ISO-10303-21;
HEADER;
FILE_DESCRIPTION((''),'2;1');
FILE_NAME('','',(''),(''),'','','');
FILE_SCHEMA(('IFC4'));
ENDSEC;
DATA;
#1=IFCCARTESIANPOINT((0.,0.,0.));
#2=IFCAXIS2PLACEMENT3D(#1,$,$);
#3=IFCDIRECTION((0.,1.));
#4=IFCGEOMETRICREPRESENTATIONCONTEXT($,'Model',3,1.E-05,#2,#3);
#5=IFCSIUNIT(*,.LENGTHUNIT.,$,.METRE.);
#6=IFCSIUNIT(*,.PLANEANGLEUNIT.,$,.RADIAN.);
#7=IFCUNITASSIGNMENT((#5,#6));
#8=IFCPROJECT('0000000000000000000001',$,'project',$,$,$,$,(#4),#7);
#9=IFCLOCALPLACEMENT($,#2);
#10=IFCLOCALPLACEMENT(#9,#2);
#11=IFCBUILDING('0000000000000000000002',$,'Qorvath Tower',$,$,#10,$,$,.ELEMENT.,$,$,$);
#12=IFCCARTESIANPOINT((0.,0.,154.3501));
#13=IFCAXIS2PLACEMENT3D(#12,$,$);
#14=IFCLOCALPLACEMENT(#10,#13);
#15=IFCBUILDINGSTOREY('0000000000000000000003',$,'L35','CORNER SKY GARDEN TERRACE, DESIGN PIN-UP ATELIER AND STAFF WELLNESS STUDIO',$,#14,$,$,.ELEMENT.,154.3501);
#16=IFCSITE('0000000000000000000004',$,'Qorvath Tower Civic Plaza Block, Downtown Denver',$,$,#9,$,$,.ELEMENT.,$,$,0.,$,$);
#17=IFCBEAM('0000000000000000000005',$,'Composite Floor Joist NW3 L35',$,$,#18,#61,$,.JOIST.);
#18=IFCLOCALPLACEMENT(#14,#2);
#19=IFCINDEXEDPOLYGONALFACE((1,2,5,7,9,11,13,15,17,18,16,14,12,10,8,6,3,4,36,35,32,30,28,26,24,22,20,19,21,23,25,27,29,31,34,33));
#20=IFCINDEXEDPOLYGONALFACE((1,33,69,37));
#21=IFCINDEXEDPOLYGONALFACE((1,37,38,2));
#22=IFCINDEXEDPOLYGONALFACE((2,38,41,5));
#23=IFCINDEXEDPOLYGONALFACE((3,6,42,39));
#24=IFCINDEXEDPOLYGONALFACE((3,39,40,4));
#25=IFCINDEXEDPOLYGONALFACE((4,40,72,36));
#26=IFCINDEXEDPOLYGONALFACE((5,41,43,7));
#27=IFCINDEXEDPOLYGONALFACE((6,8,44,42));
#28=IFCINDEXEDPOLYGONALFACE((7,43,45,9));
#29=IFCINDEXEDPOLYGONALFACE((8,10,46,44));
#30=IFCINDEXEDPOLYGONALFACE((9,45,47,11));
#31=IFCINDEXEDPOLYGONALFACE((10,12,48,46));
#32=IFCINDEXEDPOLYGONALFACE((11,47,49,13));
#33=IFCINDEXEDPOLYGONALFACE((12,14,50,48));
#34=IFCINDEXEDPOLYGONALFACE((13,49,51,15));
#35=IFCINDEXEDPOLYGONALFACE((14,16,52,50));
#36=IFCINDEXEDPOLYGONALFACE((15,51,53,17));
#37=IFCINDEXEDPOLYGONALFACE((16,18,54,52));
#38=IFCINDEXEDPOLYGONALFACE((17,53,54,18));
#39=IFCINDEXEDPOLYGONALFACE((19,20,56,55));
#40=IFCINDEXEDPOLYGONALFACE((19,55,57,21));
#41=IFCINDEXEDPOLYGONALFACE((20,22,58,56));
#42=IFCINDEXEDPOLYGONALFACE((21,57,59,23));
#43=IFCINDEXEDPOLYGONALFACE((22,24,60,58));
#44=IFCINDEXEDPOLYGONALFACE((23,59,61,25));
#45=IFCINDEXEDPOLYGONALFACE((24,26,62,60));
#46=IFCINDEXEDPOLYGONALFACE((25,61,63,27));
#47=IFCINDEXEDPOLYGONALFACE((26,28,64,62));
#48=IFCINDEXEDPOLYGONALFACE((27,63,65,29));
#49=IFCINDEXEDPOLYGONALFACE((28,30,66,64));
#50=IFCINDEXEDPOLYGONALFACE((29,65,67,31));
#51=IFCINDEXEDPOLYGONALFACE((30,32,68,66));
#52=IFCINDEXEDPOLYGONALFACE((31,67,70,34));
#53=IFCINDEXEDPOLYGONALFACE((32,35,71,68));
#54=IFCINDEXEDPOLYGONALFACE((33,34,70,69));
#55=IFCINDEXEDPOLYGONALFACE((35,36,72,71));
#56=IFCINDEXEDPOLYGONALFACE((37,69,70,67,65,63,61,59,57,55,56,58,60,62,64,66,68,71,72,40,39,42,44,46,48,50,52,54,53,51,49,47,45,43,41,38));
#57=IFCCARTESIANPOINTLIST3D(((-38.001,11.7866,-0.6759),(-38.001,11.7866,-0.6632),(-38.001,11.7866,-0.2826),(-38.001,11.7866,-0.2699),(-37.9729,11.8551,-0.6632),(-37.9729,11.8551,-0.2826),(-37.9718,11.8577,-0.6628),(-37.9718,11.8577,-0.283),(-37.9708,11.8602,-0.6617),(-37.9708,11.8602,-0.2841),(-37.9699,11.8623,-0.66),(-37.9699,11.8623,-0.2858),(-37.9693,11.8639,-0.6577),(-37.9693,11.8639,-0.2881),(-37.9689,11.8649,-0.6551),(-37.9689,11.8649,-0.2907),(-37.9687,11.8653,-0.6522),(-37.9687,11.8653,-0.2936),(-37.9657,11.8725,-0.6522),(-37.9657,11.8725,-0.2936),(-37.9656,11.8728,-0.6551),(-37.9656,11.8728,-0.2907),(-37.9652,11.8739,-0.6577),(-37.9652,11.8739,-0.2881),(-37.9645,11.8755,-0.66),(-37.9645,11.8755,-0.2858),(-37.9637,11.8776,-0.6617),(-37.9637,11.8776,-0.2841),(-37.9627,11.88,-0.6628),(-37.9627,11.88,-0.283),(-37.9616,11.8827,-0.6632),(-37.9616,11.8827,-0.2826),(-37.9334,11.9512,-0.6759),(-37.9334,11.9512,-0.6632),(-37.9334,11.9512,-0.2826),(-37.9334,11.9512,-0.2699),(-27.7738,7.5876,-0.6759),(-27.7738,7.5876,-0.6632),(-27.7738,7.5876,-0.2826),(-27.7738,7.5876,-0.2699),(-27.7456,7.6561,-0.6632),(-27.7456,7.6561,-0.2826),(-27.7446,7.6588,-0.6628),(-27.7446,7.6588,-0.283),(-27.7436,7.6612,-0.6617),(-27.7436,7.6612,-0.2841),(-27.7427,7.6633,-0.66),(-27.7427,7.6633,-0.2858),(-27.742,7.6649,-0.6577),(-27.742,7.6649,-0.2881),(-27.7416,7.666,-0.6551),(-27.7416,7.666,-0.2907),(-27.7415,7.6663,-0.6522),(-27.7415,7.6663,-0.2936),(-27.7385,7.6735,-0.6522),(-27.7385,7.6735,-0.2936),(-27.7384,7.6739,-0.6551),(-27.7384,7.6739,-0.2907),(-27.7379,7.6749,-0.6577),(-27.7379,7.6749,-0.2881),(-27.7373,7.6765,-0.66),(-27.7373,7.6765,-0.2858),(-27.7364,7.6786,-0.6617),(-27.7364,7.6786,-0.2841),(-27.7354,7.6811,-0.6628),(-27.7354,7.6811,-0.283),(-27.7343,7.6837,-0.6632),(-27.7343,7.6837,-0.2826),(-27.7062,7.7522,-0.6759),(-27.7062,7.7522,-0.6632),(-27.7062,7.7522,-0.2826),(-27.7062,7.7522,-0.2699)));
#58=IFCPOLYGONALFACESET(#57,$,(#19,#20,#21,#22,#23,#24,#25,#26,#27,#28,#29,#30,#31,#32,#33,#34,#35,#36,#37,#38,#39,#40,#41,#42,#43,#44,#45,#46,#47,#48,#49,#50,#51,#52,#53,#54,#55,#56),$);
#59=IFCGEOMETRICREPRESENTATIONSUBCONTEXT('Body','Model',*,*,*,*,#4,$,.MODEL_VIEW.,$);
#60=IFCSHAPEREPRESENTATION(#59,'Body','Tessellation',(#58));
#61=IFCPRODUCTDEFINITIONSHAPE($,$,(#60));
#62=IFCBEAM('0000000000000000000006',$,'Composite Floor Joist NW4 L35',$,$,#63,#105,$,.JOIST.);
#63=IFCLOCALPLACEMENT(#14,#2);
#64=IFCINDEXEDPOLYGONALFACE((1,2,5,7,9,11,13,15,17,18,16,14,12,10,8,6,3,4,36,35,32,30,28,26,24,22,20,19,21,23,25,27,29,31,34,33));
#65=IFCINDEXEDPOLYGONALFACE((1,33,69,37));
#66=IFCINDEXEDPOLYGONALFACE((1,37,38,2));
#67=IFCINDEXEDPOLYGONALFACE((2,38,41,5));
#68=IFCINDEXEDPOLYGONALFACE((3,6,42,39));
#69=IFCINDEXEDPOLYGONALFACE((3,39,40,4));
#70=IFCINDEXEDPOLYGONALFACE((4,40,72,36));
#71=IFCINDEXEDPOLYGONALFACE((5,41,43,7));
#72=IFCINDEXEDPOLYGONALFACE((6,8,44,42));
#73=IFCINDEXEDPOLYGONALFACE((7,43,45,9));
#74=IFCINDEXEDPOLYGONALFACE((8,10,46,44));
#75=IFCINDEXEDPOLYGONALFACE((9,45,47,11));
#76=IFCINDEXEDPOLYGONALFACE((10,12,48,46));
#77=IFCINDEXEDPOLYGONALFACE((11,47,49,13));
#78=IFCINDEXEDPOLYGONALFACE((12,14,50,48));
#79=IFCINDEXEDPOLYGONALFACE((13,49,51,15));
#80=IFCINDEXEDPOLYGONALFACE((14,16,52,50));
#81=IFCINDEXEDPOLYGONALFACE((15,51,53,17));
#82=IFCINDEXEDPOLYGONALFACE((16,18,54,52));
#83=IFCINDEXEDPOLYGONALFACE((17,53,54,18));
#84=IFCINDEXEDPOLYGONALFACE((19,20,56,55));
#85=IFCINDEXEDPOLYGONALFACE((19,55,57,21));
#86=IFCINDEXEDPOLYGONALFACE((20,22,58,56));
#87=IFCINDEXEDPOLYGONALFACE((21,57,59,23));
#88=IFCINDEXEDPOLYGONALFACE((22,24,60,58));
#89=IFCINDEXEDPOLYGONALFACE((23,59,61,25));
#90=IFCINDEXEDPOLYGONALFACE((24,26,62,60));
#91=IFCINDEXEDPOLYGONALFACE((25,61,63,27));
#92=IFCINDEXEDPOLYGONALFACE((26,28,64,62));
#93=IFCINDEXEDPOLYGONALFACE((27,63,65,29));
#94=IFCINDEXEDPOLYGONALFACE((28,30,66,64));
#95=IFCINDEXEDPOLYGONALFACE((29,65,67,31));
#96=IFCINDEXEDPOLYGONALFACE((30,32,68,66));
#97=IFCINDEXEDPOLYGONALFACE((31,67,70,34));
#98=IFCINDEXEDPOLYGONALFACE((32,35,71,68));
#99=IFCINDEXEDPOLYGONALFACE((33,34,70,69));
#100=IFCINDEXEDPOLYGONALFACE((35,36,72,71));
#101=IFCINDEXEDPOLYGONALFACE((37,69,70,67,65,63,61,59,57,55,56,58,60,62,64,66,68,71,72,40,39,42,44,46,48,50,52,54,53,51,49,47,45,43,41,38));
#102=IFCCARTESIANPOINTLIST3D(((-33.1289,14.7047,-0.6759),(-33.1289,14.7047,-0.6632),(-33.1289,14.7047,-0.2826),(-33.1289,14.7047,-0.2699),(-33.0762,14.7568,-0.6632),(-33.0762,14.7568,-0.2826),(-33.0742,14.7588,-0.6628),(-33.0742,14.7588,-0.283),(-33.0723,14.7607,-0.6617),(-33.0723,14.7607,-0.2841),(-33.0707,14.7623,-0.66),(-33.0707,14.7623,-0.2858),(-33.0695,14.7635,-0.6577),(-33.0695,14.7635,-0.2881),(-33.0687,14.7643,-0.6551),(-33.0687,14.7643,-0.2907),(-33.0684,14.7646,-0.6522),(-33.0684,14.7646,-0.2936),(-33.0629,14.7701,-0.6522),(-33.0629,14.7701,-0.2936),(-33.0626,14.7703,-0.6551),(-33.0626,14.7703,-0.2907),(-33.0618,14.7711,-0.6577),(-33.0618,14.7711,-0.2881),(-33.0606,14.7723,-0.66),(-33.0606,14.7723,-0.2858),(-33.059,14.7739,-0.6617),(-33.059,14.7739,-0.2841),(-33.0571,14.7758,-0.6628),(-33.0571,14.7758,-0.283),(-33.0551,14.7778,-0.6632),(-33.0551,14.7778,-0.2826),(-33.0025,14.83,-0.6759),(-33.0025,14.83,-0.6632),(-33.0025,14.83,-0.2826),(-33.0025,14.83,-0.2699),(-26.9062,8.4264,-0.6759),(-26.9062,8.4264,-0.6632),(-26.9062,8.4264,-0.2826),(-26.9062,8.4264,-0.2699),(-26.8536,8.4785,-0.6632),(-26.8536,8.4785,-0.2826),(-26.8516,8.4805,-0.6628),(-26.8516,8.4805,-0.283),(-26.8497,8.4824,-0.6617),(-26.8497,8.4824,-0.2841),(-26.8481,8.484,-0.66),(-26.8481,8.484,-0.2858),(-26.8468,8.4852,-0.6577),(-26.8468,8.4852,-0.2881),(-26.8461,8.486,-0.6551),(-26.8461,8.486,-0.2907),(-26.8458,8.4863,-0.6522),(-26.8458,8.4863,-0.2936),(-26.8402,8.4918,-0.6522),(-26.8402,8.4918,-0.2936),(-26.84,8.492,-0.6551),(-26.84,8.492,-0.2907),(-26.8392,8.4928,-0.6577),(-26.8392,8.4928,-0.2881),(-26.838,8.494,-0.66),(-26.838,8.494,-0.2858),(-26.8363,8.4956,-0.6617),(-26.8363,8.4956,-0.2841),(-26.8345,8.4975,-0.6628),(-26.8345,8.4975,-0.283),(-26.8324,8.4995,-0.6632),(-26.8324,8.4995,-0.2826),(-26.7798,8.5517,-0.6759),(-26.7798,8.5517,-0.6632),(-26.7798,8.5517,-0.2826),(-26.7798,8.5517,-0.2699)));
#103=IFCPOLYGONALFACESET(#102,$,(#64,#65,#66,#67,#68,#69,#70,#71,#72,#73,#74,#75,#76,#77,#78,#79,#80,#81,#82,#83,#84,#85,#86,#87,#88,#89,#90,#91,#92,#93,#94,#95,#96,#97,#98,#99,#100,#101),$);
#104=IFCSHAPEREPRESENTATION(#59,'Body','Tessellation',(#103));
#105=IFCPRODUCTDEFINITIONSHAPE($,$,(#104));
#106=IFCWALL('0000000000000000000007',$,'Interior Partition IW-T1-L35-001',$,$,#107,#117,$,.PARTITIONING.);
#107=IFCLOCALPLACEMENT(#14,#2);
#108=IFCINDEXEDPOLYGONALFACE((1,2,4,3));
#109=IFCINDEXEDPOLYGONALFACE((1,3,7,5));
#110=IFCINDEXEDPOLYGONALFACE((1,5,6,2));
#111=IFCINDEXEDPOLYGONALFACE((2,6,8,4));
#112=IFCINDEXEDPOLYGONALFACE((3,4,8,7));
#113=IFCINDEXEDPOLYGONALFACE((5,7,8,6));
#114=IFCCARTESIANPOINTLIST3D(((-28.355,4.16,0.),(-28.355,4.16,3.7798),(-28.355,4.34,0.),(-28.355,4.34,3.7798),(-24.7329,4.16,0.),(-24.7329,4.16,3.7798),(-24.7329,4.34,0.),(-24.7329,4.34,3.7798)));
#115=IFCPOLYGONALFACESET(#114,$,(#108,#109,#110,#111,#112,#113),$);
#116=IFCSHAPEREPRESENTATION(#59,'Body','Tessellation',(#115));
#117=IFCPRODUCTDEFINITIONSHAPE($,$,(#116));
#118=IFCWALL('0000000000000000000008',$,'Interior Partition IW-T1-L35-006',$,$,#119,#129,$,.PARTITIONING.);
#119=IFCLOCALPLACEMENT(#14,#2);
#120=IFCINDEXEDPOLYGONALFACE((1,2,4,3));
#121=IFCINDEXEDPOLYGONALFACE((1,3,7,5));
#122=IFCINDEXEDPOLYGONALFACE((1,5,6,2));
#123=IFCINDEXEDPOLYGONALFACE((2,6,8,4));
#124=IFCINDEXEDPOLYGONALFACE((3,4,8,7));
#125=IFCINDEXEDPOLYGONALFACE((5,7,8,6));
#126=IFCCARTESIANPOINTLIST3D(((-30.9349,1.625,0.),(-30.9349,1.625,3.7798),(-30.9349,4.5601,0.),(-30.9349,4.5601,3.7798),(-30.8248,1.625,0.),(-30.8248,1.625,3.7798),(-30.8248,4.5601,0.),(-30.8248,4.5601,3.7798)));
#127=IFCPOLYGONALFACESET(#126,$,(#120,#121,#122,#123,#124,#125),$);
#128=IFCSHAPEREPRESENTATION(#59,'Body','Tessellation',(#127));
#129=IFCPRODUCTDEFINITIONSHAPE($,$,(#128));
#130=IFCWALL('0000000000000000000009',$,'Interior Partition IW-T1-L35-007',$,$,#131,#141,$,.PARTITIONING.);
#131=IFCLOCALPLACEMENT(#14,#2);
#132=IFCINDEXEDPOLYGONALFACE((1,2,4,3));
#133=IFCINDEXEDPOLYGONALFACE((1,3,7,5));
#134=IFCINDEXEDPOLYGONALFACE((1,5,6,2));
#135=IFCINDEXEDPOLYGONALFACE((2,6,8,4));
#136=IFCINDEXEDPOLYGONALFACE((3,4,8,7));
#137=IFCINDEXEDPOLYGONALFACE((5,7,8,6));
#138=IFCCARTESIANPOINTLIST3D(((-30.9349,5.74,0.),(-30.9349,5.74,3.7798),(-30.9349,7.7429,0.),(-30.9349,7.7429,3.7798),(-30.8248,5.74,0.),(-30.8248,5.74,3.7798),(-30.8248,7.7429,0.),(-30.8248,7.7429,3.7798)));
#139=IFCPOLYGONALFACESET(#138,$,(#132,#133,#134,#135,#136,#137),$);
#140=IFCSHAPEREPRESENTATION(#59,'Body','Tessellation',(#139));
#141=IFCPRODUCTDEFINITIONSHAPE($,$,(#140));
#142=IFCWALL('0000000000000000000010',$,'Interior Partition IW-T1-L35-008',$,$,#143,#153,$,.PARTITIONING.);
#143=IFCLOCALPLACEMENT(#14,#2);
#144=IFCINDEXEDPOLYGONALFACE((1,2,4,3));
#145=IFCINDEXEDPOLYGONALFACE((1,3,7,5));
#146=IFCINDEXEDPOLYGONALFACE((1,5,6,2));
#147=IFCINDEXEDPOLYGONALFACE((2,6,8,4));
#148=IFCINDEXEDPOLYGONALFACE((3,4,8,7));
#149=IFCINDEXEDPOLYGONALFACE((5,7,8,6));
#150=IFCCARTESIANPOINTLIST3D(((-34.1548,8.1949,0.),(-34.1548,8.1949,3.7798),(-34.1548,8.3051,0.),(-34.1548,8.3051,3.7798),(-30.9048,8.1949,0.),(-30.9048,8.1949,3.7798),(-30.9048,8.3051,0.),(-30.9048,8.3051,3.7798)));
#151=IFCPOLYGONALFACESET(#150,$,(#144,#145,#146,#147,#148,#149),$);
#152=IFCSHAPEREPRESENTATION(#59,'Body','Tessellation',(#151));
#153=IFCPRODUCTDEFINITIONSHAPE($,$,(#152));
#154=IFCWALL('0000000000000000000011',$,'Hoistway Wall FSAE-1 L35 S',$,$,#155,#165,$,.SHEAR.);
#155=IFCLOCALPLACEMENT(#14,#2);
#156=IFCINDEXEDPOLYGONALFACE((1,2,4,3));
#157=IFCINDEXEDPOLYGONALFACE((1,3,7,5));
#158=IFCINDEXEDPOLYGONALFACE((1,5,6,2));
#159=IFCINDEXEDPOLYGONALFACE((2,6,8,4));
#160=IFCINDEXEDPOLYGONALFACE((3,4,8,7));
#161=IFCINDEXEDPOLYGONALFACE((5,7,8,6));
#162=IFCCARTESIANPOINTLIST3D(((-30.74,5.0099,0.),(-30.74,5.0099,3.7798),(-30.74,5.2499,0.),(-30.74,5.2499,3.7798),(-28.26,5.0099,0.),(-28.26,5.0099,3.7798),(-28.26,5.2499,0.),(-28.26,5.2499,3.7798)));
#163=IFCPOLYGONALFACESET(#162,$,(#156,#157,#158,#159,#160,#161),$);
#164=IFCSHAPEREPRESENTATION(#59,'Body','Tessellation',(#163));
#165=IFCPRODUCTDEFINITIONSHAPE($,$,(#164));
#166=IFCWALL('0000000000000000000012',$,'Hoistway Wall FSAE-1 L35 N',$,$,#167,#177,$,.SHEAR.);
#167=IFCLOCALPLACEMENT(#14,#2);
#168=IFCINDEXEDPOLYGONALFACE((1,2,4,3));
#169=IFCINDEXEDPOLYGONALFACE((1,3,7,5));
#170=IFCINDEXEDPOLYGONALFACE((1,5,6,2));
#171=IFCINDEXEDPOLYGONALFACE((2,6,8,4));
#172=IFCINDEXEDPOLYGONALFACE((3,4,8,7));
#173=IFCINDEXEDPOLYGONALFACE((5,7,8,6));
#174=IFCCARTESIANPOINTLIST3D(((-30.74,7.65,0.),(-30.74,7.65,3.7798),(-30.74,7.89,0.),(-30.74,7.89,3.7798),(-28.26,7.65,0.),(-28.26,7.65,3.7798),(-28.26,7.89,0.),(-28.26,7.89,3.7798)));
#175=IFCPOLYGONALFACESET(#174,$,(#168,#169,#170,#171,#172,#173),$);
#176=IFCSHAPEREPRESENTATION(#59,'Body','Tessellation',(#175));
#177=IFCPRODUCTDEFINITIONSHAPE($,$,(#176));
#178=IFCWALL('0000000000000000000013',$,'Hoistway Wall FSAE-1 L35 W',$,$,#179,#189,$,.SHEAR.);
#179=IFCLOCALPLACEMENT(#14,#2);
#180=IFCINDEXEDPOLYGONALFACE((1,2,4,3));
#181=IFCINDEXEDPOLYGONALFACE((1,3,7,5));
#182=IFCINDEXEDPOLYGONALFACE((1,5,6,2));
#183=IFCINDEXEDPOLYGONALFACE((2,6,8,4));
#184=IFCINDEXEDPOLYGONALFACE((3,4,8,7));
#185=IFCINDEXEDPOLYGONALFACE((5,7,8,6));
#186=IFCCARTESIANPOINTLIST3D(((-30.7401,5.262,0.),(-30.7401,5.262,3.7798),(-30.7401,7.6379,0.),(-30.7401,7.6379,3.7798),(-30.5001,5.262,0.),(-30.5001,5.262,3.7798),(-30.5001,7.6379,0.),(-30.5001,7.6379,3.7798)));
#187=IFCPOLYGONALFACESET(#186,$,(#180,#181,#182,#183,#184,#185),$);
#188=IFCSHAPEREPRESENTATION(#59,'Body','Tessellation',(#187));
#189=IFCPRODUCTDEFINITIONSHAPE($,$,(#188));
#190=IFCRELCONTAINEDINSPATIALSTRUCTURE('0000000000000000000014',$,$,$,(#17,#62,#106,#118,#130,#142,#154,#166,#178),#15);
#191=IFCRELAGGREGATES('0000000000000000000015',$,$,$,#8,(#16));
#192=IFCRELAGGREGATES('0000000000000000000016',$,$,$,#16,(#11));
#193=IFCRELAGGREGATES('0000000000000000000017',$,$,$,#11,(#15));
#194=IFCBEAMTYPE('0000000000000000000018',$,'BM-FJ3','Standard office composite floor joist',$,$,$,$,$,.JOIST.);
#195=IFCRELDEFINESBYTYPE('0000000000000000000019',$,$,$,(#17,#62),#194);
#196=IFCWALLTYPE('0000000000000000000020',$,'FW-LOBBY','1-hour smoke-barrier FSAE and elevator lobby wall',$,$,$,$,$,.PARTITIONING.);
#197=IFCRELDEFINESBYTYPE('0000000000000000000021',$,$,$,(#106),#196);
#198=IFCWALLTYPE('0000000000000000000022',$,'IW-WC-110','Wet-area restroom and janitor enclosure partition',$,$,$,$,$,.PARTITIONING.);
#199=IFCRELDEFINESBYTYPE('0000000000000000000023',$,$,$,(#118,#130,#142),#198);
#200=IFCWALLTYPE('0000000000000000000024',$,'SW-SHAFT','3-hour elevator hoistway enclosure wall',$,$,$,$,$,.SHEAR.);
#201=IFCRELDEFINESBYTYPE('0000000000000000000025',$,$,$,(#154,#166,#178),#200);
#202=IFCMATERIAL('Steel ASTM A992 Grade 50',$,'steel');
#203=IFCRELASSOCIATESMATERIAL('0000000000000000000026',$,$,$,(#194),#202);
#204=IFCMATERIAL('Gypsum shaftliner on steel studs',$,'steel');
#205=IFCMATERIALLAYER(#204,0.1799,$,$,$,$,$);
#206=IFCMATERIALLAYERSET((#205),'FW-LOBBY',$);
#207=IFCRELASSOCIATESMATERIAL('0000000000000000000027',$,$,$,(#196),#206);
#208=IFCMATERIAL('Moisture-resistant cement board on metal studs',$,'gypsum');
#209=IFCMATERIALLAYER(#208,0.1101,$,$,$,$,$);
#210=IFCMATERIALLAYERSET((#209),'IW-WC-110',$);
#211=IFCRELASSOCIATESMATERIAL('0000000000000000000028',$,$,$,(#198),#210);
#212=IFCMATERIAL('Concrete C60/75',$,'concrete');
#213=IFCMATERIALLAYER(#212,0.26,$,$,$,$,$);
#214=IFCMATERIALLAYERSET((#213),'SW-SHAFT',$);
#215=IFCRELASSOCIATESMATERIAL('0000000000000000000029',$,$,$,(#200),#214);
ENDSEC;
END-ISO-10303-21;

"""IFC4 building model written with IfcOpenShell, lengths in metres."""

from ifc_helpers import new_model, si_unit, direction, frame, frame_2d, origin, origin_2d, place, context, subcontext, project, spatial, rectangle, i_section, extrude, material, layer, layer_set, material_profile, profile_set, type_object, element, save


model = new_model("IFC4")

# Units and contexts
model_context = context("Model", 3, precision=1e-05, world=origin(), true_north=direction((0.0, 1.0)))
body_context = subcontext(model_context, "Body", "Model", "MODEL_VIEW")
ifc_project = project(units=[si_unit("LENGTHUNIT", "METRE"), si_unit("PLANEANGLEUNIT", "RADIAN")], contexts=[model_context])

# Site, building, storey
site_placement = place(None, origin())
site = spatial("IfcSite", under=ifc_project, at=site_placement, Name="Qorvath Tower Civic Plaza Block, Downtown Denver", CompositionType="ELEMENT", RefElevation=0.0)
building_placement = place(site_placement, origin())
building = spatial("IfcBuilding", under=site, at=building_placement, Name="Qorvath Tower", CompositionType="ELEMENT")
storey_placement = place(building_placement, frame((0.0, 0.0, 154.3501)))
storey = spatial("IfcBuildingStorey", under=building, at=storey_placement, Name="L35", Description="CORNER SKY GARDEN TERRACE, DESIGN PIN-UP ATELIER AND STAFF WELLNESS STUDIO", CompositionType="ELEMENT", Elevation=154.3501)

# Beams
ifc_material_1 = material(Name="Steel ASTM A992 Grade 50", Category="steel")
ifc_material_profile_1 = material_profile(ifc_material_1, i_section(OverallWidth=0.178, OverallDepth=0.406, WebThickness=0.0078, FlangeThickness=0.0127, FilletRadius=0.011, at=origin_2d()), Name="W16x40")
ifc_profile_set_1 = profile_set([ifc_material_profile_1], Name="Steel ASTM A992 Grade 50")
beam_type_1 = type_object("IfcBeamType", Name="BM-FJ3", Description="Standard office composite floor joist", PredefinedType="JOIST", material=ifc_profile_set_1)
beam_1_placement = place(storey_placement, frame((-27.74, 7.6699, -0.4729), z_axis=(-0.925068, 0.379801, 0.0), x_axis=(-0.379801, -0.925068, 0.0)))
element("IfcBeam", 1, at=beam_1_placement, inside=storey, type_object=beam_type_1, Name="Composite Floor Joist NW3 L35", PredefinedType="JOIST", context=body_context, shape_type="SweptSolid", body=[
    extrude(i_section(OverallWidth=0.178, OverallDepth=0.406, WebThickness=0.0078, FlangeThickness=0.0127, FilletRadius=0.011, at=origin_2d()), origin(), (0.0, 0.0, 1.0), 11.0557),
])
beam_2_placement = place(storey_placement, frame((-26.843, 8.489, -0.4729), z_axis=(-0.703951, 0.710248, 0.0), x_axis=(-0.710248, -0.703951, 0.0)))
element("IfcBeam", 2, at=beam_2_placement, inside=storey, type_object=beam_type_1, Name="Composite Floor Joist NW4 L35", PredefinedType="JOIST", context=body_context, shape_type="SweptSolid", body=[
    extrude(i_section(OverallWidth=0.178, OverallDepth=0.406, WebThickness=0.0078, FlangeThickness=0.0127, FilletRadius=0.011, at=origin_2d()), origin(), (0.0, 0.0, 1.0), 8.8396),
])

# Wall
ifc_material_2 = material(Name="Gypsum shaftliner on steel studs", Category="steel")
ifc_layer_1 = layer(ifc_material_2, 0.1799)
ifc_layer_set_1 = layer_set([ifc_layer_1], Name="FW-LOBBY")
wall_type_1 = type_object("IfcWallType", Name="FW-LOBBY", Description="1-hour smoke-barrier FSAE and elevator lobby wall", PredefinedType="PARTITIONING", material=ifc_layer_set_1)
wall_1_placement = place(storey_placement, frame((-28.355, 4.25, 0.0), z_axis=(0.0, 0.0, 1.0), x_axis=(1.0, 0.0, 0.0)))
element("IfcWall", 3, at=wall_1_placement, inside=storey, type_object=wall_type_1, Name="Interior Partition IW-T1-L35-001", PredefinedType="PARTITIONING", context=body_context, shape_type="SweptSolid", body=[
    extrude(rectangle(XDim=3.6221, YDim=0.1799, at=frame_2d((1.811, 0.0))), origin(), (0.0, 0.0, 1.0), 3.7798),
])

# Walls
ifc_material_3 = material(Name="Moisture-resistant cement board on metal studs", Category="gypsum")
ifc_layer_2 = layer(ifc_material_3, 0.1101)
ifc_layer_set_2 = layer_set([ifc_layer_2], Name="IW-WC-110")
wall_type_2 = type_object("IfcWallType", Name="IW-WC-110", Description="Wet-area restroom and janitor enclosure partition", PredefinedType="PARTITIONING", material=ifc_layer_set_2)
wall_2_placement = place(storey_placement, frame((-30.8799, 1.625, 0.0), z_axis=(0.0, 0.0, 1.0), x_axis=(0.0, 1.0, 0.0)))
element("IfcWall", 4, at=wall_2_placement, inside=storey, type_object=wall_type_2, Name="Interior Partition IW-T1-L35-006", PredefinedType="PARTITIONING", context=body_context, shape_type="SweptSolid", body=[
    extrude(rectangle(XDim=2.9351, YDim=0.1101, at=frame_2d((1.4675, 0.0))), origin(), (0.0, 0.0, 1.0), 3.7798),
])
wall_3_placement = place(storey_placement, frame((-30.8799, 5.74, 0.0), z_axis=(0.0, 0.0, 1.0), x_axis=(0.0, 1.0, 0.0)))
element("IfcWall", 5, at=wall_3_placement, inside=storey, type_object=wall_type_2, Name="Interior Partition IW-T1-L35-007", PredefinedType="PARTITIONING", context=body_context, shape_type="SweptSolid", body=[
    extrude(rectangle(XDim=2.0029, YDim=0.1101, at=frame_2d((1.0015, 0.0))), origin(), (0.0, 0.0, 1.0), 3.7798),
])
wall_4_placement = place(storey_placement, frame((-30.9048, 8.25, 0.0), z_axis=(0.0, 0.0, 1.0), x_axis=(-1.0, 0.0, 0.0)))
element("IfcWall", 6, at=wall_4_placement, inside=storey, type_object=wall_type_2, Name="Interior Partition IW-T1-L35-008", PredefinedType="PARTITIONING", context=body_context, shape_type="SweptSolid", body=[
    extrude(rectangle(XDim=3.25, YDim=0.1101, at=frame_2d((1.625, 0.0))), origin(), (0.0, 0.0, 1.0), 3.7798),
])
ifc_material_4 = material(Name="Concrete C60/75", Category="concrete")
ifc_layer_3 = layer(ifc_material_4, 0.26)
ifc_layer_set_3 = layer_set([ifc_layer_3], Name="SW-SHAFT")
wall_type_3 = type_object("IfcWallType", Name="SW-SHAFT", Description="3-hour elevator hoistway enclosure wall", PredefinedType="SHEAR", material=ifc_layer_set_3)
for number, where, z_axis, x_axis, name in (
    (7, (-28.26, 5.1299, 0.0), (0.0, 0.0, 1.0), (-1.0, 0.0, 0.0), "Hoistway Wall FSAE-1 L35 S"),
    (8, (-30.74, 7.77, 0.0), (0.0, 0.0, 1.0), (1.0, 0.0, 0.0), "Hoistway Wall FSAE-1 L35 N"),
):
    element("IfcWall", number, at=place(storey_placement, frame(where, z_axis=z_axis, x_axis=x_axis)), inside=storey, type_object=wall_type_3, Name=name, PredefinedType="SHEAR", context=body_context, shape_type="SweptSolid", body=[
        extrude(rectangle(XDim=2.48, YDim=0.24, at=frame_2d((1.24, 0.0))), origin(), (0.0, 0.0, 1.0), 3.7798),
    ])
wall_5_placement = place(storey_placement, frame((-30.6201, 5.262, 0.0), z_axis=(0.0, 0.0, 1.0), x_axis=(0.0, 1.0, 0.0)))
element("IfcWall", 9, at=wall_5_placement, inside=storey, type_object=wall_type_3, Name="Hoistway Wall FSAE-1 L35 W", PredefinedType="SHEAR", context=body_context, shape_type="SweptSolid", body=[
    extrude(rectangle(XDim=2.376, YDim=0.24, at=frame_2d((1.188, 0.0))), origin(), (0.0, 0.0, 1.0), 3.7798),
])

save(model, "model.ifc")
